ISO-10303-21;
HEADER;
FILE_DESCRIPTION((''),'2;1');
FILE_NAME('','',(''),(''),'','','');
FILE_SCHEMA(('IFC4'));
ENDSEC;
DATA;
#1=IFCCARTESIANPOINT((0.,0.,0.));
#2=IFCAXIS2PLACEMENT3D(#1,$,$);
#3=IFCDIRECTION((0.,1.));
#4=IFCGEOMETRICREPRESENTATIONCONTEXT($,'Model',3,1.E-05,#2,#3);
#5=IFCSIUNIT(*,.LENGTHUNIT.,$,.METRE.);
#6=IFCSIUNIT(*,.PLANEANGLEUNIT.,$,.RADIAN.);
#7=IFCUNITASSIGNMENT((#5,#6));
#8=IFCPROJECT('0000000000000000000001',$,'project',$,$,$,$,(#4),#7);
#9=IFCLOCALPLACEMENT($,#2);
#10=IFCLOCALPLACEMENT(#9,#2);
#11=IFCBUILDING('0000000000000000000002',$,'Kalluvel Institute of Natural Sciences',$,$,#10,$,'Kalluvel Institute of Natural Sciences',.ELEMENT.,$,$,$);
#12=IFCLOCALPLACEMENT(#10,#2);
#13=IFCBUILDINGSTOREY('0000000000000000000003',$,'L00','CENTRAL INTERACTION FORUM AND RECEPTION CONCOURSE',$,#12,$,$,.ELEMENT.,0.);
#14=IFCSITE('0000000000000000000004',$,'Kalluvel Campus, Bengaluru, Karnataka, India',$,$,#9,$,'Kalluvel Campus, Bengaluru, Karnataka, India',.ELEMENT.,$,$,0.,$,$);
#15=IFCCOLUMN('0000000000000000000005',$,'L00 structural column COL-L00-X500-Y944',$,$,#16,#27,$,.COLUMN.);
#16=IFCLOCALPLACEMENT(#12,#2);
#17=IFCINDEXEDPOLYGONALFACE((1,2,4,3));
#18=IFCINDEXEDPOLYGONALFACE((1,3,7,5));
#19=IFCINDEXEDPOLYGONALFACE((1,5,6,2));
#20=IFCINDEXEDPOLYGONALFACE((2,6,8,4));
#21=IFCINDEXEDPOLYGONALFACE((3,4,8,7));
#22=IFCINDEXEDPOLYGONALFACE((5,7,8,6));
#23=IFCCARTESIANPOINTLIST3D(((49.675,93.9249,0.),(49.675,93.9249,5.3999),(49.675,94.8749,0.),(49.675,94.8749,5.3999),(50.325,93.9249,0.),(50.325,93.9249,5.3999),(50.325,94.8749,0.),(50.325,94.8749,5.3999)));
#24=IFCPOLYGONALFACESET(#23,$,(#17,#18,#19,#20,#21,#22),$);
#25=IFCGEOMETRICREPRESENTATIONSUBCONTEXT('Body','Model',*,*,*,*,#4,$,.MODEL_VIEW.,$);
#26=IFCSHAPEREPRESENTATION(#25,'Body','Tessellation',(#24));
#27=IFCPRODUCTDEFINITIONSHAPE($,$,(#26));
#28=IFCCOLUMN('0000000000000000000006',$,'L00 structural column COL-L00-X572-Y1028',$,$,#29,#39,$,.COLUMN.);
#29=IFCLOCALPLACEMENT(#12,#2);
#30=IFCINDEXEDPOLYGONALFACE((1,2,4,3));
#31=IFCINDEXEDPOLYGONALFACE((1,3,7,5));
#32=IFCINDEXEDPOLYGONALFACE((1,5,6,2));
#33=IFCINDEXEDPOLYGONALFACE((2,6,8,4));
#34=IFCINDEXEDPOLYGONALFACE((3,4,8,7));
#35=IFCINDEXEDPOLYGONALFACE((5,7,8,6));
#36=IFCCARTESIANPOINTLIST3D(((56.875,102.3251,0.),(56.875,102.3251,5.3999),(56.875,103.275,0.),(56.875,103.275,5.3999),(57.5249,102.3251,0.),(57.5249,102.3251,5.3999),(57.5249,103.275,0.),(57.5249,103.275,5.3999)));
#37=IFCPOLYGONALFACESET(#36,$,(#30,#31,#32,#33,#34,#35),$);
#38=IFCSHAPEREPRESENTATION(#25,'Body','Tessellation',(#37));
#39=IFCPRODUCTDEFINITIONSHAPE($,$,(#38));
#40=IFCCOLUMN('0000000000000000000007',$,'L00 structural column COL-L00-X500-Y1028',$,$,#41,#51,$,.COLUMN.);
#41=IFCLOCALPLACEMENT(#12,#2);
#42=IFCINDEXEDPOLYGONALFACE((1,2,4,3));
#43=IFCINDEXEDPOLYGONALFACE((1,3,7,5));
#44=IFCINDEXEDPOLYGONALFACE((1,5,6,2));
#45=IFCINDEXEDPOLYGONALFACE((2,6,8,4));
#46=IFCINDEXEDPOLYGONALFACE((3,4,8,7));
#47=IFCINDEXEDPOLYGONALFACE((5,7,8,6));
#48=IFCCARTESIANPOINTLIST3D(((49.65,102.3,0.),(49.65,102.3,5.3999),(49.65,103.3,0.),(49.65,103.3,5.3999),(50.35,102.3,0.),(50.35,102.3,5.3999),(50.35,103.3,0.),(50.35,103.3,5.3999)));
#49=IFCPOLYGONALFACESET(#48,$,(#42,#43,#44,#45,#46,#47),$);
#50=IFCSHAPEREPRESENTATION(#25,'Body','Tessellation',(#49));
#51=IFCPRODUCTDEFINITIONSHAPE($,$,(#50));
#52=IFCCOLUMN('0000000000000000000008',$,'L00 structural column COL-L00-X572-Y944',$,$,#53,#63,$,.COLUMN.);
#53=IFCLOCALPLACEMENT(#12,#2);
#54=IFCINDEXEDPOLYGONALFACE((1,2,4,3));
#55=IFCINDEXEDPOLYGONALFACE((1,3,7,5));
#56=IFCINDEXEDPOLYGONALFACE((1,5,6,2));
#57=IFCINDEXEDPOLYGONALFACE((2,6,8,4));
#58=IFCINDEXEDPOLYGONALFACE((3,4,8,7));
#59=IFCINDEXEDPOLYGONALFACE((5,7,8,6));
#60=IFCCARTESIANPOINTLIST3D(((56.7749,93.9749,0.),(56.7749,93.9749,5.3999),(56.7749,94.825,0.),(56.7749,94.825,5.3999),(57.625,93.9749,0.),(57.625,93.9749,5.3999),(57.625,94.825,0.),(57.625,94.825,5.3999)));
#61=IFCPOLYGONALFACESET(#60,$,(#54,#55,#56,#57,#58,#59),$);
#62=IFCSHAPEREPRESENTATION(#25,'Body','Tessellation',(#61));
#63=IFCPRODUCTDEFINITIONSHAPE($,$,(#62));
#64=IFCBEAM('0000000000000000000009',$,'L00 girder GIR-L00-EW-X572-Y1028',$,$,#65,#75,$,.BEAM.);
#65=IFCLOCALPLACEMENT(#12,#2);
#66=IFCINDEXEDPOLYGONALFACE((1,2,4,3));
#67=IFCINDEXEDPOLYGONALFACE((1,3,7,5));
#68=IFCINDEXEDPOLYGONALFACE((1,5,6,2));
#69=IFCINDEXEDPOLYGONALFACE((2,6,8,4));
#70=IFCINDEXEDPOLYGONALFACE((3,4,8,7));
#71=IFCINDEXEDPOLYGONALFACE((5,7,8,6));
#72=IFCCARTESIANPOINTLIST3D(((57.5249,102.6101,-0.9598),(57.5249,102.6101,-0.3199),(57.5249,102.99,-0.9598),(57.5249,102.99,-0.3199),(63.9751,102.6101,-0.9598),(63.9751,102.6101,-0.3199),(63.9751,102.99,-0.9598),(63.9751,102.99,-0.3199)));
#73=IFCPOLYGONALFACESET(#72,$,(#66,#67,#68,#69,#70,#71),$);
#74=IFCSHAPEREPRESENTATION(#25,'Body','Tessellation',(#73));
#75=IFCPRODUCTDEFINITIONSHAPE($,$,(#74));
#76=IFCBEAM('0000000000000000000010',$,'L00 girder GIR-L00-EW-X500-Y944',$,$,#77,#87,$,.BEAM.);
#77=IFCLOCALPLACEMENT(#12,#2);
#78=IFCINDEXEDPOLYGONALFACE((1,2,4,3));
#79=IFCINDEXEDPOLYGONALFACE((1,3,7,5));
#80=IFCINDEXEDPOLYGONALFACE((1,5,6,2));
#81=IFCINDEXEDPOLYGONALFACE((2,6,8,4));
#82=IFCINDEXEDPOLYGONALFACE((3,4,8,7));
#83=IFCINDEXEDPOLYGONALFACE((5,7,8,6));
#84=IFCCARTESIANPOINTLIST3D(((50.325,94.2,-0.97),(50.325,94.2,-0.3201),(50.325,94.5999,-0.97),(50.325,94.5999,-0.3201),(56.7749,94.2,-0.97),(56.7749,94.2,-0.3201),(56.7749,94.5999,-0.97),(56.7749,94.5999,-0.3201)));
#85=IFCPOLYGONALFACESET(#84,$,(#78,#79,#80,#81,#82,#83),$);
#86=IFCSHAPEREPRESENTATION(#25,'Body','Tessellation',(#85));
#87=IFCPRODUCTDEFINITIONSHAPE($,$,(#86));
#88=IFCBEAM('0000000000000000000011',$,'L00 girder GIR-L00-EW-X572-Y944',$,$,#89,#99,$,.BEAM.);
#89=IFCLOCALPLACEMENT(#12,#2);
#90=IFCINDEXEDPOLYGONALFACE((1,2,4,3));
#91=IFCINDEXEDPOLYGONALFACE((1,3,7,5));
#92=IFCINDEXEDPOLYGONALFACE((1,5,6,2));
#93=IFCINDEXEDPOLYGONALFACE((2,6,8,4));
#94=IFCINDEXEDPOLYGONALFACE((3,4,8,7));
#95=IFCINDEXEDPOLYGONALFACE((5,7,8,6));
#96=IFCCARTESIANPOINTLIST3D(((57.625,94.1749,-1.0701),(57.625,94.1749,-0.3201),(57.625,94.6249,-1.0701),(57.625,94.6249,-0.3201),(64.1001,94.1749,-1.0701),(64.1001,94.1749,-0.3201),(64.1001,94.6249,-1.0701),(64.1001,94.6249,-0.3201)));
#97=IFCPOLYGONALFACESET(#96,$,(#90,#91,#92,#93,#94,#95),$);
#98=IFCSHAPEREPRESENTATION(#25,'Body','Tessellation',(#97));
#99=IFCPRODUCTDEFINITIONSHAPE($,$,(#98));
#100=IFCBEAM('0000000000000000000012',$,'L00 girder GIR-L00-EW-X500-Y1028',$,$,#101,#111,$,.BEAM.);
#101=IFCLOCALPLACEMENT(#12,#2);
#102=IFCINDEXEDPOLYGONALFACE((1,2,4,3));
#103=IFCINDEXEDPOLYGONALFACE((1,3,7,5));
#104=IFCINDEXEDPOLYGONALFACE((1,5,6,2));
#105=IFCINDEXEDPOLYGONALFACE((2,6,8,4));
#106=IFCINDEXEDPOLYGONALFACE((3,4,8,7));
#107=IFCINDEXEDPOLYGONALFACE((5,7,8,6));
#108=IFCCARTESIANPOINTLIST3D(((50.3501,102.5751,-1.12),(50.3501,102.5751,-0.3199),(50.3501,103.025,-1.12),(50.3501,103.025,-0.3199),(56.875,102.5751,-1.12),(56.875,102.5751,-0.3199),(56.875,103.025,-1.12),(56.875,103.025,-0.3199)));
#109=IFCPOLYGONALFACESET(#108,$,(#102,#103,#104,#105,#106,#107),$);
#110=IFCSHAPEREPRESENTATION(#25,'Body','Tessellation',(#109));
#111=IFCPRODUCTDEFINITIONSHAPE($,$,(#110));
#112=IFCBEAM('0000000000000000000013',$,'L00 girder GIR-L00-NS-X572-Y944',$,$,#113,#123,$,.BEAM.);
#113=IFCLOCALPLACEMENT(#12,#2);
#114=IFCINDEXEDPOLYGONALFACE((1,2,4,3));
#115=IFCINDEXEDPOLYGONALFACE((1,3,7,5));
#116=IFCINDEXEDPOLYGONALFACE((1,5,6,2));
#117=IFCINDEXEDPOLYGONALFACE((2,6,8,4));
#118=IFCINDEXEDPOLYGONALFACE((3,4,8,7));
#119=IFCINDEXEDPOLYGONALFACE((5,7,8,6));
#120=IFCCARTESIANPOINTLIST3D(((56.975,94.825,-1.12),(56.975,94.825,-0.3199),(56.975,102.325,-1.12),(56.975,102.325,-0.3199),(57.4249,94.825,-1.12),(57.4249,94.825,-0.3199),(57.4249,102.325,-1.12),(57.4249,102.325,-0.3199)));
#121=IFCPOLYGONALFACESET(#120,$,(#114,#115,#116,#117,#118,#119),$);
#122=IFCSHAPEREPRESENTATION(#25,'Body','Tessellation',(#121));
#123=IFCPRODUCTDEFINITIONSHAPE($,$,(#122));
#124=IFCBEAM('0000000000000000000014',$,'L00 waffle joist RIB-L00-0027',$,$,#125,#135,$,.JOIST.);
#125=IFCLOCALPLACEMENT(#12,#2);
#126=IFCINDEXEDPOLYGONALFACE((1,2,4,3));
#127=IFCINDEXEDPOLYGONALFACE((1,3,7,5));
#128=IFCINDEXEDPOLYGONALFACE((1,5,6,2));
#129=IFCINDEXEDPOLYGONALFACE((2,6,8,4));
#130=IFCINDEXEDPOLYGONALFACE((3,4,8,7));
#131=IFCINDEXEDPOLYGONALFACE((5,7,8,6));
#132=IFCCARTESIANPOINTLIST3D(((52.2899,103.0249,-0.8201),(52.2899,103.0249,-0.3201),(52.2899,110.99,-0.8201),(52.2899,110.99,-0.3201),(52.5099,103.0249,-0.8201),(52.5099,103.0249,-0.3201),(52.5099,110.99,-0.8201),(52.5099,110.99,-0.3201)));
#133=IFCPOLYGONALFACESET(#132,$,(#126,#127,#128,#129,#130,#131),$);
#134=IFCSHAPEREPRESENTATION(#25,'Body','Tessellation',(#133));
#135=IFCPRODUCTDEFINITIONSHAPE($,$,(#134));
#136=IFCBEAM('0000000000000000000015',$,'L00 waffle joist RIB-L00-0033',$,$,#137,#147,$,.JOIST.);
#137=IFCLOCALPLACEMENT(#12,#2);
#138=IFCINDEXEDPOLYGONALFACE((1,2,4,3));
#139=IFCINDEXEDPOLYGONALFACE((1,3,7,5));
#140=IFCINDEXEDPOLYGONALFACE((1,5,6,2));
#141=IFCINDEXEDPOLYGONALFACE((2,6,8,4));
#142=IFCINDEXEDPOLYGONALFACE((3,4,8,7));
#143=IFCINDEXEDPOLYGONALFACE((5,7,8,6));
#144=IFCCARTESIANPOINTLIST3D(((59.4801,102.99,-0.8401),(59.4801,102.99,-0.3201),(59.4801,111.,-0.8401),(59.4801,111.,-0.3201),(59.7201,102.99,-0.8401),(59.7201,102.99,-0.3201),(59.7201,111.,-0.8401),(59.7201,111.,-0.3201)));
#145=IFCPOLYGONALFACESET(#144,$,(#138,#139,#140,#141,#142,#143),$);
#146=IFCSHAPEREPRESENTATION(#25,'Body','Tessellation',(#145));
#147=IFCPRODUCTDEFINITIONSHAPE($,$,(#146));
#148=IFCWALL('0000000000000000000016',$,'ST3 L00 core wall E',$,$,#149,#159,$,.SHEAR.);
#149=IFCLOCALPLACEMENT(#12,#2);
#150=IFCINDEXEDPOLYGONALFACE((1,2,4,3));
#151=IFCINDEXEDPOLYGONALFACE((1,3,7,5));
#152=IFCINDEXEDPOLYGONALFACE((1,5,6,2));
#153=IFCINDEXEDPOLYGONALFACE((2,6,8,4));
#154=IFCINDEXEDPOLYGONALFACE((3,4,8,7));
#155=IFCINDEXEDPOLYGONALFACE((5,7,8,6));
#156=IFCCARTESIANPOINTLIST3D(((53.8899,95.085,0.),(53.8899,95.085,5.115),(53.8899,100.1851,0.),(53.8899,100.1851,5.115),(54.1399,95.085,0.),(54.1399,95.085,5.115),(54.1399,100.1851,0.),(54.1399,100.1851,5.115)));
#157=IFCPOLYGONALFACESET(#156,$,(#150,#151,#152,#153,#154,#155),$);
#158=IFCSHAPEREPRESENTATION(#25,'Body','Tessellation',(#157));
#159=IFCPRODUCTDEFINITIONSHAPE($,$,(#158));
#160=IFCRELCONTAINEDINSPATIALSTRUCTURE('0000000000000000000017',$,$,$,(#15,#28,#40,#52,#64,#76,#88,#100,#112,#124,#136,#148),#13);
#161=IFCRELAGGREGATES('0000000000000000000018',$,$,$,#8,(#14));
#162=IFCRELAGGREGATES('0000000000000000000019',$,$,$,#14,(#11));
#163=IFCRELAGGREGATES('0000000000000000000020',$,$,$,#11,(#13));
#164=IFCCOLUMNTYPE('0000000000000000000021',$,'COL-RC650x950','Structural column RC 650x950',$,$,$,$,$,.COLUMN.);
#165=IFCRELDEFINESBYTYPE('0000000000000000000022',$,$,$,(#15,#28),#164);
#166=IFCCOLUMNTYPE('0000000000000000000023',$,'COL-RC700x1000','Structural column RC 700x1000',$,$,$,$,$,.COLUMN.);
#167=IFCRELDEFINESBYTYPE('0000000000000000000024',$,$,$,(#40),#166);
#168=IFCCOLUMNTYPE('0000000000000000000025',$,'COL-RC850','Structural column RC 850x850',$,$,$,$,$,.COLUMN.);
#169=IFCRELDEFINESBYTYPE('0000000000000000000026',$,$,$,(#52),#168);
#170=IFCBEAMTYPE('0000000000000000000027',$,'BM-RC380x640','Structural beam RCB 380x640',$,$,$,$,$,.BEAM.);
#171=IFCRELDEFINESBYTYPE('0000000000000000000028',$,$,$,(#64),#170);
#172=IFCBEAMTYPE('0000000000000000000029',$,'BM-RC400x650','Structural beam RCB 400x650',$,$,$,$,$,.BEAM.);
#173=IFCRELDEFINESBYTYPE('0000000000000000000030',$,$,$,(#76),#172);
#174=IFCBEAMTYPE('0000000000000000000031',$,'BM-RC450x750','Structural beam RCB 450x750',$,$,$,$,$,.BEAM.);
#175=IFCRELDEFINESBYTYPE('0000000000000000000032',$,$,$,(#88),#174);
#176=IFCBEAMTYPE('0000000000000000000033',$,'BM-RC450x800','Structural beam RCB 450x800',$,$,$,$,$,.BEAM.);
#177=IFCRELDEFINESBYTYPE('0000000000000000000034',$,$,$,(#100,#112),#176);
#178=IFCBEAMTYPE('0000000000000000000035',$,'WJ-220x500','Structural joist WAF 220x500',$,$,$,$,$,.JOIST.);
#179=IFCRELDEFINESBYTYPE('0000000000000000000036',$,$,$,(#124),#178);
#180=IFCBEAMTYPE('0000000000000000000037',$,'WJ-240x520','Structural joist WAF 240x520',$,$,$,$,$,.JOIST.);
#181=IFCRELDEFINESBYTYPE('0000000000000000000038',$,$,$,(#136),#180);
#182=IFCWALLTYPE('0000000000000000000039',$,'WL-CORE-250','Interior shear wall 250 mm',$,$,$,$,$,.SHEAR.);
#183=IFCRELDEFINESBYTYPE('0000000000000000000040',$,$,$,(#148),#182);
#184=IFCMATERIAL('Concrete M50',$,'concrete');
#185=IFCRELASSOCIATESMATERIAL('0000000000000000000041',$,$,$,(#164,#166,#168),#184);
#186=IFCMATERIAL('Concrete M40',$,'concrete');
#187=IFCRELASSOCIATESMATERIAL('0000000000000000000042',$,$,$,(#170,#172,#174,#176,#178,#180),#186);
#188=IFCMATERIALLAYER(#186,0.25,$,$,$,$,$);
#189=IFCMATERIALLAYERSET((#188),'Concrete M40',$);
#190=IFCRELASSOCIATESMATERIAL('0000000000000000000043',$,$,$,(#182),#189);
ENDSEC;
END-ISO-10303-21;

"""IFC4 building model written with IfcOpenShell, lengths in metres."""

from ifc_helpers import new_model, si_unit, direction, frame, frame_2d, origin, origin_2d, place, context, subcontext, project, spatial, rectangle, extrude, material, layer, layer_set, material_profile, profile_set, type_object, element, save


model = new_model("IFC4")

# Units and contexts
model_context = context("Model", 3, precision=1e-05, world=origin(), true_north=direction((0.0, 1.0)))
body_context = subcontext(model_context, "Body", "Model", "MODEL_VIEW")
ifc_project = project(units=[si_unit("LENGTHUNIT", "METRE"), si_unit("PLANEANGLEUNIT", "RADIAN")], contexts=[model_context])

# Site, building, storey
site_placement = place(None, origin())
site = spatial("IfcSite", under=ifc_project, at=site_placement, Name="Kalluvel Campus, Bengaluru, Karnataka, India", LongName="Kalluvel Campus, Bengaluru, Karnataka, India", CompositionType="ELEMENT", RefElevation=0.0)
building_placement = place(site_placement, origin())
building = spatial("IfcBuilding", under=site, at=building_placement, Name="Kalluvel Institute of Natural Sciences", LongName="Kalluvel Institute of Natural Sciences", CompositionType="ELEMENT")
storey_placement = place(building_placement, origin())
storey = spatial("IfcBuildingStorey", under=building, at=storey_placement, Name="L00", Description="CENTRAL INTERACTION FORUM AND RECEPTION CONCOURSE", CompositionType="ELEMENT", Elevation=0.0)

# Columns
ifc_material_1 = material(Name="Concrete M50", Category="concrete")
ifc_material_profile_1 = material_profile(ifc_material_1, rectangle(XDim=0.6499, YDim=0.95, at=origin_2d()), Name="RC 650x950")
ifc_profile_set_1 = profile_set([ifc_material_profile_1], Name="Concrete M50")
column_type_1 = type_object("IfcColumnType", Name="COL-RC650x950", Description="Structural column RC 650x950", PredefinedType="COLUMN", material=ifc_profile_set_1)
for number, where, z_axis, x_axis, name in (
    (1, (50.0, 94.3999, 0.0), (0.0, 0.0, 1.0), (1.0, 0.0, 0.0), "L00 structural column COL-L00-X500-Y944"),
    (2, (57.2, 102.8, 0.0), (0.0, 0.0, 1.0), (1.0, 0.0, 0.0), "L00 structural column COL-L00-X572-Y1028"),
):
    element("IfcColumn", number, at=place(storey_placement, frame(where, z_axis=z_axis, x_axis=x_axis)), inside=storey, type_object=column_type_1, Name=name, PredefinedType="COLUMN", context=body_context, shape_type="SweptSolid", body=[
        extrude(rectangle(XDim=0.6499, YDim=0.95, at=origin_2d()), origin(), (0.0, 0.0, 1.0), 5.3999),
    ])
ifc_material_profile_2 = material_profile(ifc_material_1, rectangle(XDim=0.7, YDim=1.0, at=origin_2d()), Name="RC 700x1000")
ifc_profile_set_2 = profile_set([ifc_material_profile_2], Name="Concrete M50")
column_type_2 = type_object("IfcColumnType", Name="COL-RC700x1000", Description="Structural column RC 700x1000", PredefinedType="COLUMN", material=ifc_profile_set_2)
column_1_placement = place(storey_placement, frame((50.0, 102.8, 0.0), z_axis=(0.0, 0.0, 1.0), x_axis=(1.0, 0.0, 0.0)))
element("IfcColumn", 3, at=column_1_placement, inside=storey, type_object=column_type_2, Name="L00 structural column COL-L00-X500-Y1028", PredefinedType="COLUMN", context=body_context, shape_type="SweptSolid", body=[
    extrude(rectangle(XDim=0.7, YDim=1.0, at=origin_2d()), origin(), (0.0, 0.0, 1.0), 5.3999),
])
ifc_material_profile_3 = material_profile(ifc_material_1, rectangle(XDim=0.8501, YDim=0.8501, at=origin_2d()), Name="RC 850x850")
ifc_profile_set_3 = profile_set([ifc_material_profile_3], Name="Concrete M50")
column_type_3 = type_object("IfcColumnType", Name="COL-RC850", Description="Structural column RC 850x850", PredefinedType="COLUMN", material=ifc_profile_set_3)
column_2_placement = place(storey_placement, frame((57.2, 94.3999, 0.0), z_axis=(0.0, 0.0, 1.0), x_axis=(1.0, 0.0, 0.0)))
element("IfcColumn", 4, at=column_2_placement, inside=storey, type_object=column_type_3, Name="L00 structural column COL-L00-X572-Y944", PredefinedType="COLUMN", context=body_context, shape_type="SweptSolid", body=[
    extrude(rectangle(XDim=0.8501, YDim=0.8501, at=origin_2d()), origin(), (0.0, 0.0, 1.0), 5.3999),
])

# Beams
ifc_material_2 = material(Name="Concrete M40", Category="concrete")
ifc_material_profile_4 = material_profile(ifc_material_2, rectangle(XDim=0.3799, YDim=0.6399, at=origin_2d()), Name="RCB 380x640")
ifc_profile_set_4 = profile_set([ifc_material_profile_4], Name="Concrete M40")
beam_type_1 = type_object("IfcBeamType", Name="BM-RC380x640", Description="Structural beam RCB 380x640", PredefinedType="BEAM", material=ifc_profile_set_4)
beam_1_placement = place(storey_placement, frame((57.5249, 102.8, -0.6399), z_axis=(1.0, 0.0, 0.0), x_axis=(0.0, 1.0, 0.0)))
element("IfcBeam", 5, at=beam_1_placement, inside=storey, type_object=beam_type_1, Name="L00 girder GIR-L00-EW-X572-Y1028", PredefinedType="BEAM", context=body_context, shape_type="SweptSolid", body=[
    extrude(rectangle(XDim=0.3799, YDim=0.6399, at=origin_2d()), origin(), (0.0, 0.0, 1.0), 6.4502),
])
ifc_material_profile_5 = material_profile(ifc_material_2, rectangle(XDim=0.3999, YDim=0.6499, at=origin_2d()), Name="RCB 400x650")
ifc_profile_set_5 = profile_set([ifc_material_profile_5], Name="Concrete M40")
beam_type_2 = type_object("IfcBeamType", Name="BM-RC400x650", Description="Structural beam RCB 400x650", PredefinedType="BEAM", material=ifc_profile_set_5)
beam_2_placement = place(storey_placement, frame((50.325, 94.3999, -0.645), z_axis=(1.0, 0.0, 0.0), x_axis=(0.0, 1.0, 0.0)))
element("IfcBeam", 6, at=beam_2_placement, inside=storey, type_object=beam_type_2, Name="L00 girder GIR-L00-EW-X500-Y944", PredefinedType="BEAM", context=body_context, shape_type="SweptSolid", body=[
    extrude(rectangle(XDim=0.3999, YDim=0.6499, at=origin_2d()), origin(), (0.0, 0.0, 1.0), 6.45),
])
ifc_material_profile_6 = material_profile(ifc_material_2, rectangle(XDim=0.45, YDim=0.75, at=origin_2d()), Name="RCB 450x750")
ifc_profile_set_6 = profile_set([ifc_material_profile_6], Name="Concrete M40")
beam_type_3 = type_object("IfcBeamType", Name="BM-RC450x750", Description="Structural beam RCB 450x750", PredefinedType="BEAM", material=ifc_profile_set_6)
beam_3_placement = place(storey_placement, frame((57.625, 94.3999, -0.6951), z_axis=(1.0, 0.0, 0.0), x_axis=(0.0, 1.0, 0.0)))
element("IfcBeam", 7, at=beam_3_placement, inside=storey, type_object=beam_type_3, Name="L00 girder GIR-L00-EW-X572-Y944", PredefinedType="BEAM", context=body_context, shape_type="SweptSolid", body=[
    extrude(rectangle(XDim=0.45, YDim=0.75, at=origin_2d()), origin(), (0.0, 0.0, 1.0), 6.4751),
])
ifc_material_profile_7 = material_profile(ifc_material_2, rectangle(XDim=0.45, YDim=0.8, at=origin_2d()), Name="RCB 450x800")
ifc_profile_set_7 = profile_set([ifc_material_profile_7], Name="Concrete M40")
beam_type_4 = type_object("IfcBeamType", Name="BM-RC450x800", Description="Structural beam RCB 450x800", PredefinedType="BEAM", material=ifc_profile_set_7)
beam_4_placement = place(storey_placement, frame((50.3501, 102.8, -0.72), z_axis=(1.0, 0.0, 0.0), x_axis=(0.0, 1.0, 0.0)))
element("IfcBeam", 8, at=beam_4_placement, inside=storey, type_object=beam_type_4, Name="L00 girder GIR-L00-EW-X500-Y1028", PredefinedType="BEAM", context=body_context, shape_type="SweptSolid", body=[
    extrude(rectangle(XDim=0.45, YDim=0.8, at=origin_2d()), origin(), (0.0, 0.0, 1.0), 6.5249),
])
beam_5_placement = place(storey_placement, frame((57.2, 94.825, -0.72), z_axis=(0.0, 1.0, 0.0), x_axis=(-1.0, 0.0, 0.0)))
element("IfcBeam", 9, at=beam_5_placement, inside=storey, type_object=beam_type_4, Name="L00 girder GIR-L00-NS-X572-Y944", PredefinedType="BEAM", context=body_context, shape_type="SweptSolid", body=[
    extrude(rectangle(XDim=0.45, YDim=0.8, at=origin_2d()), origin(), (0.0, 0.0, 1.0), 7.5),
])
ifc_material_profile_8 = material_profile(ifc_material_2, rectangle(XDim=0.22, YDim=0.5, at=origin_2d()), Name="WAF 220x500")
ifc_profile_set_8 = profile_set([ifc_material_profile_8], Name="Concrete M40")
beam_type_5 = type_object("IfcBeamType", Name="WJ-220x500", Description="Structural joist WAF 220x500", PredefinedType="JOIST", material=ifc_profile_set_8)
beam_6_placement = place(storey_placement, frame((52.3999, 103.0249, -0.5701), z_axis=(0.0, 1.0, 0.0), x_axis=(-1.0, 0.0, 0.0)))
element("IfcBeam", 10, at=beam_6_placement, inside=storey, type_object=beam_type_5, Name="L00 waffle joist RIB-L00-0027", PredefinedType="JOIST", context=body_context, shape_type="SweptSolid", body=[
    extrude(rectangle(XDim=0.22, YDim=0.5, at=origin_2d()), origin(), (0.0, 0.0, 1.0), 7.9651),
])
ifc_material_profile_9 = material_profile(ifc_material_2, rectangle(XDim=0.24, YDim=0.52, at=origin_2d()), Name="WAF 240x520")
ifc_profile_set_9 = profile_set([ifc_material_profile_9], Name="Concrete M40")
beam_type_6 = type_object("IfcBeamType", Name="WJ-240x520", Description="Structural joist WAF 240x520", PredefinedType="JOIST", material=ifc_profile_set_9)
beam_7_placement = place(storey_placement, frame((59.6001, 102.99, -0.5801), z_axis=(0.0, 1.0, 0.0), x_axis=(-1.0, 0.0, 0.0)))
element("IfcBeam", 11, at=beam_7_placement, inside=storey, type_object=beam_type_6, Name="L00 waffle joist RIB-L00-0033", PredefinedType="JOIST", context=body_context, shape_type="SweptSolid", body=[
    extrude(rectangle(XDim=0.24, YDim=0.52, at=origin_2d()), origin(), (0.0, 0.0, 1.0), 8.01),
])

# Wall
ifc_layer_1 = layer(ifc_material_2, 0.25)
ifc_layer_set_1 = layer_set([ifc_layer_1], Name="Concrete M40")
wall_type_1 = type_object("IfcWallType", Name="WL-CORE-250", Description="Interior shear wall 250 mm", PredefinedType="SHEAR", material=ifc_layer_set_1)
wall_1_placement = place(storey_placement, frame((54.0149, 95.085, 0.0), z_axis=(0.0, 0.0, 1.0), x_axis=(0.0, 1.0, 0.0)))
element("IfcWall", 12, at=wall_1_placement, inside=storey, type_object=wall_type_1, Name="ST3 L00 core wall E", PredefinedType="SHEAR", context=body_context, shape_type="SweptSolid", body=[
    extrude(rectangle(XDim=5.1001, YDim=0.25, at=frame_2d((2.55, 0.0))), origin(), (0.0, 0.0, 1.0), 5.115),
])

save(model, "model.ifc")
